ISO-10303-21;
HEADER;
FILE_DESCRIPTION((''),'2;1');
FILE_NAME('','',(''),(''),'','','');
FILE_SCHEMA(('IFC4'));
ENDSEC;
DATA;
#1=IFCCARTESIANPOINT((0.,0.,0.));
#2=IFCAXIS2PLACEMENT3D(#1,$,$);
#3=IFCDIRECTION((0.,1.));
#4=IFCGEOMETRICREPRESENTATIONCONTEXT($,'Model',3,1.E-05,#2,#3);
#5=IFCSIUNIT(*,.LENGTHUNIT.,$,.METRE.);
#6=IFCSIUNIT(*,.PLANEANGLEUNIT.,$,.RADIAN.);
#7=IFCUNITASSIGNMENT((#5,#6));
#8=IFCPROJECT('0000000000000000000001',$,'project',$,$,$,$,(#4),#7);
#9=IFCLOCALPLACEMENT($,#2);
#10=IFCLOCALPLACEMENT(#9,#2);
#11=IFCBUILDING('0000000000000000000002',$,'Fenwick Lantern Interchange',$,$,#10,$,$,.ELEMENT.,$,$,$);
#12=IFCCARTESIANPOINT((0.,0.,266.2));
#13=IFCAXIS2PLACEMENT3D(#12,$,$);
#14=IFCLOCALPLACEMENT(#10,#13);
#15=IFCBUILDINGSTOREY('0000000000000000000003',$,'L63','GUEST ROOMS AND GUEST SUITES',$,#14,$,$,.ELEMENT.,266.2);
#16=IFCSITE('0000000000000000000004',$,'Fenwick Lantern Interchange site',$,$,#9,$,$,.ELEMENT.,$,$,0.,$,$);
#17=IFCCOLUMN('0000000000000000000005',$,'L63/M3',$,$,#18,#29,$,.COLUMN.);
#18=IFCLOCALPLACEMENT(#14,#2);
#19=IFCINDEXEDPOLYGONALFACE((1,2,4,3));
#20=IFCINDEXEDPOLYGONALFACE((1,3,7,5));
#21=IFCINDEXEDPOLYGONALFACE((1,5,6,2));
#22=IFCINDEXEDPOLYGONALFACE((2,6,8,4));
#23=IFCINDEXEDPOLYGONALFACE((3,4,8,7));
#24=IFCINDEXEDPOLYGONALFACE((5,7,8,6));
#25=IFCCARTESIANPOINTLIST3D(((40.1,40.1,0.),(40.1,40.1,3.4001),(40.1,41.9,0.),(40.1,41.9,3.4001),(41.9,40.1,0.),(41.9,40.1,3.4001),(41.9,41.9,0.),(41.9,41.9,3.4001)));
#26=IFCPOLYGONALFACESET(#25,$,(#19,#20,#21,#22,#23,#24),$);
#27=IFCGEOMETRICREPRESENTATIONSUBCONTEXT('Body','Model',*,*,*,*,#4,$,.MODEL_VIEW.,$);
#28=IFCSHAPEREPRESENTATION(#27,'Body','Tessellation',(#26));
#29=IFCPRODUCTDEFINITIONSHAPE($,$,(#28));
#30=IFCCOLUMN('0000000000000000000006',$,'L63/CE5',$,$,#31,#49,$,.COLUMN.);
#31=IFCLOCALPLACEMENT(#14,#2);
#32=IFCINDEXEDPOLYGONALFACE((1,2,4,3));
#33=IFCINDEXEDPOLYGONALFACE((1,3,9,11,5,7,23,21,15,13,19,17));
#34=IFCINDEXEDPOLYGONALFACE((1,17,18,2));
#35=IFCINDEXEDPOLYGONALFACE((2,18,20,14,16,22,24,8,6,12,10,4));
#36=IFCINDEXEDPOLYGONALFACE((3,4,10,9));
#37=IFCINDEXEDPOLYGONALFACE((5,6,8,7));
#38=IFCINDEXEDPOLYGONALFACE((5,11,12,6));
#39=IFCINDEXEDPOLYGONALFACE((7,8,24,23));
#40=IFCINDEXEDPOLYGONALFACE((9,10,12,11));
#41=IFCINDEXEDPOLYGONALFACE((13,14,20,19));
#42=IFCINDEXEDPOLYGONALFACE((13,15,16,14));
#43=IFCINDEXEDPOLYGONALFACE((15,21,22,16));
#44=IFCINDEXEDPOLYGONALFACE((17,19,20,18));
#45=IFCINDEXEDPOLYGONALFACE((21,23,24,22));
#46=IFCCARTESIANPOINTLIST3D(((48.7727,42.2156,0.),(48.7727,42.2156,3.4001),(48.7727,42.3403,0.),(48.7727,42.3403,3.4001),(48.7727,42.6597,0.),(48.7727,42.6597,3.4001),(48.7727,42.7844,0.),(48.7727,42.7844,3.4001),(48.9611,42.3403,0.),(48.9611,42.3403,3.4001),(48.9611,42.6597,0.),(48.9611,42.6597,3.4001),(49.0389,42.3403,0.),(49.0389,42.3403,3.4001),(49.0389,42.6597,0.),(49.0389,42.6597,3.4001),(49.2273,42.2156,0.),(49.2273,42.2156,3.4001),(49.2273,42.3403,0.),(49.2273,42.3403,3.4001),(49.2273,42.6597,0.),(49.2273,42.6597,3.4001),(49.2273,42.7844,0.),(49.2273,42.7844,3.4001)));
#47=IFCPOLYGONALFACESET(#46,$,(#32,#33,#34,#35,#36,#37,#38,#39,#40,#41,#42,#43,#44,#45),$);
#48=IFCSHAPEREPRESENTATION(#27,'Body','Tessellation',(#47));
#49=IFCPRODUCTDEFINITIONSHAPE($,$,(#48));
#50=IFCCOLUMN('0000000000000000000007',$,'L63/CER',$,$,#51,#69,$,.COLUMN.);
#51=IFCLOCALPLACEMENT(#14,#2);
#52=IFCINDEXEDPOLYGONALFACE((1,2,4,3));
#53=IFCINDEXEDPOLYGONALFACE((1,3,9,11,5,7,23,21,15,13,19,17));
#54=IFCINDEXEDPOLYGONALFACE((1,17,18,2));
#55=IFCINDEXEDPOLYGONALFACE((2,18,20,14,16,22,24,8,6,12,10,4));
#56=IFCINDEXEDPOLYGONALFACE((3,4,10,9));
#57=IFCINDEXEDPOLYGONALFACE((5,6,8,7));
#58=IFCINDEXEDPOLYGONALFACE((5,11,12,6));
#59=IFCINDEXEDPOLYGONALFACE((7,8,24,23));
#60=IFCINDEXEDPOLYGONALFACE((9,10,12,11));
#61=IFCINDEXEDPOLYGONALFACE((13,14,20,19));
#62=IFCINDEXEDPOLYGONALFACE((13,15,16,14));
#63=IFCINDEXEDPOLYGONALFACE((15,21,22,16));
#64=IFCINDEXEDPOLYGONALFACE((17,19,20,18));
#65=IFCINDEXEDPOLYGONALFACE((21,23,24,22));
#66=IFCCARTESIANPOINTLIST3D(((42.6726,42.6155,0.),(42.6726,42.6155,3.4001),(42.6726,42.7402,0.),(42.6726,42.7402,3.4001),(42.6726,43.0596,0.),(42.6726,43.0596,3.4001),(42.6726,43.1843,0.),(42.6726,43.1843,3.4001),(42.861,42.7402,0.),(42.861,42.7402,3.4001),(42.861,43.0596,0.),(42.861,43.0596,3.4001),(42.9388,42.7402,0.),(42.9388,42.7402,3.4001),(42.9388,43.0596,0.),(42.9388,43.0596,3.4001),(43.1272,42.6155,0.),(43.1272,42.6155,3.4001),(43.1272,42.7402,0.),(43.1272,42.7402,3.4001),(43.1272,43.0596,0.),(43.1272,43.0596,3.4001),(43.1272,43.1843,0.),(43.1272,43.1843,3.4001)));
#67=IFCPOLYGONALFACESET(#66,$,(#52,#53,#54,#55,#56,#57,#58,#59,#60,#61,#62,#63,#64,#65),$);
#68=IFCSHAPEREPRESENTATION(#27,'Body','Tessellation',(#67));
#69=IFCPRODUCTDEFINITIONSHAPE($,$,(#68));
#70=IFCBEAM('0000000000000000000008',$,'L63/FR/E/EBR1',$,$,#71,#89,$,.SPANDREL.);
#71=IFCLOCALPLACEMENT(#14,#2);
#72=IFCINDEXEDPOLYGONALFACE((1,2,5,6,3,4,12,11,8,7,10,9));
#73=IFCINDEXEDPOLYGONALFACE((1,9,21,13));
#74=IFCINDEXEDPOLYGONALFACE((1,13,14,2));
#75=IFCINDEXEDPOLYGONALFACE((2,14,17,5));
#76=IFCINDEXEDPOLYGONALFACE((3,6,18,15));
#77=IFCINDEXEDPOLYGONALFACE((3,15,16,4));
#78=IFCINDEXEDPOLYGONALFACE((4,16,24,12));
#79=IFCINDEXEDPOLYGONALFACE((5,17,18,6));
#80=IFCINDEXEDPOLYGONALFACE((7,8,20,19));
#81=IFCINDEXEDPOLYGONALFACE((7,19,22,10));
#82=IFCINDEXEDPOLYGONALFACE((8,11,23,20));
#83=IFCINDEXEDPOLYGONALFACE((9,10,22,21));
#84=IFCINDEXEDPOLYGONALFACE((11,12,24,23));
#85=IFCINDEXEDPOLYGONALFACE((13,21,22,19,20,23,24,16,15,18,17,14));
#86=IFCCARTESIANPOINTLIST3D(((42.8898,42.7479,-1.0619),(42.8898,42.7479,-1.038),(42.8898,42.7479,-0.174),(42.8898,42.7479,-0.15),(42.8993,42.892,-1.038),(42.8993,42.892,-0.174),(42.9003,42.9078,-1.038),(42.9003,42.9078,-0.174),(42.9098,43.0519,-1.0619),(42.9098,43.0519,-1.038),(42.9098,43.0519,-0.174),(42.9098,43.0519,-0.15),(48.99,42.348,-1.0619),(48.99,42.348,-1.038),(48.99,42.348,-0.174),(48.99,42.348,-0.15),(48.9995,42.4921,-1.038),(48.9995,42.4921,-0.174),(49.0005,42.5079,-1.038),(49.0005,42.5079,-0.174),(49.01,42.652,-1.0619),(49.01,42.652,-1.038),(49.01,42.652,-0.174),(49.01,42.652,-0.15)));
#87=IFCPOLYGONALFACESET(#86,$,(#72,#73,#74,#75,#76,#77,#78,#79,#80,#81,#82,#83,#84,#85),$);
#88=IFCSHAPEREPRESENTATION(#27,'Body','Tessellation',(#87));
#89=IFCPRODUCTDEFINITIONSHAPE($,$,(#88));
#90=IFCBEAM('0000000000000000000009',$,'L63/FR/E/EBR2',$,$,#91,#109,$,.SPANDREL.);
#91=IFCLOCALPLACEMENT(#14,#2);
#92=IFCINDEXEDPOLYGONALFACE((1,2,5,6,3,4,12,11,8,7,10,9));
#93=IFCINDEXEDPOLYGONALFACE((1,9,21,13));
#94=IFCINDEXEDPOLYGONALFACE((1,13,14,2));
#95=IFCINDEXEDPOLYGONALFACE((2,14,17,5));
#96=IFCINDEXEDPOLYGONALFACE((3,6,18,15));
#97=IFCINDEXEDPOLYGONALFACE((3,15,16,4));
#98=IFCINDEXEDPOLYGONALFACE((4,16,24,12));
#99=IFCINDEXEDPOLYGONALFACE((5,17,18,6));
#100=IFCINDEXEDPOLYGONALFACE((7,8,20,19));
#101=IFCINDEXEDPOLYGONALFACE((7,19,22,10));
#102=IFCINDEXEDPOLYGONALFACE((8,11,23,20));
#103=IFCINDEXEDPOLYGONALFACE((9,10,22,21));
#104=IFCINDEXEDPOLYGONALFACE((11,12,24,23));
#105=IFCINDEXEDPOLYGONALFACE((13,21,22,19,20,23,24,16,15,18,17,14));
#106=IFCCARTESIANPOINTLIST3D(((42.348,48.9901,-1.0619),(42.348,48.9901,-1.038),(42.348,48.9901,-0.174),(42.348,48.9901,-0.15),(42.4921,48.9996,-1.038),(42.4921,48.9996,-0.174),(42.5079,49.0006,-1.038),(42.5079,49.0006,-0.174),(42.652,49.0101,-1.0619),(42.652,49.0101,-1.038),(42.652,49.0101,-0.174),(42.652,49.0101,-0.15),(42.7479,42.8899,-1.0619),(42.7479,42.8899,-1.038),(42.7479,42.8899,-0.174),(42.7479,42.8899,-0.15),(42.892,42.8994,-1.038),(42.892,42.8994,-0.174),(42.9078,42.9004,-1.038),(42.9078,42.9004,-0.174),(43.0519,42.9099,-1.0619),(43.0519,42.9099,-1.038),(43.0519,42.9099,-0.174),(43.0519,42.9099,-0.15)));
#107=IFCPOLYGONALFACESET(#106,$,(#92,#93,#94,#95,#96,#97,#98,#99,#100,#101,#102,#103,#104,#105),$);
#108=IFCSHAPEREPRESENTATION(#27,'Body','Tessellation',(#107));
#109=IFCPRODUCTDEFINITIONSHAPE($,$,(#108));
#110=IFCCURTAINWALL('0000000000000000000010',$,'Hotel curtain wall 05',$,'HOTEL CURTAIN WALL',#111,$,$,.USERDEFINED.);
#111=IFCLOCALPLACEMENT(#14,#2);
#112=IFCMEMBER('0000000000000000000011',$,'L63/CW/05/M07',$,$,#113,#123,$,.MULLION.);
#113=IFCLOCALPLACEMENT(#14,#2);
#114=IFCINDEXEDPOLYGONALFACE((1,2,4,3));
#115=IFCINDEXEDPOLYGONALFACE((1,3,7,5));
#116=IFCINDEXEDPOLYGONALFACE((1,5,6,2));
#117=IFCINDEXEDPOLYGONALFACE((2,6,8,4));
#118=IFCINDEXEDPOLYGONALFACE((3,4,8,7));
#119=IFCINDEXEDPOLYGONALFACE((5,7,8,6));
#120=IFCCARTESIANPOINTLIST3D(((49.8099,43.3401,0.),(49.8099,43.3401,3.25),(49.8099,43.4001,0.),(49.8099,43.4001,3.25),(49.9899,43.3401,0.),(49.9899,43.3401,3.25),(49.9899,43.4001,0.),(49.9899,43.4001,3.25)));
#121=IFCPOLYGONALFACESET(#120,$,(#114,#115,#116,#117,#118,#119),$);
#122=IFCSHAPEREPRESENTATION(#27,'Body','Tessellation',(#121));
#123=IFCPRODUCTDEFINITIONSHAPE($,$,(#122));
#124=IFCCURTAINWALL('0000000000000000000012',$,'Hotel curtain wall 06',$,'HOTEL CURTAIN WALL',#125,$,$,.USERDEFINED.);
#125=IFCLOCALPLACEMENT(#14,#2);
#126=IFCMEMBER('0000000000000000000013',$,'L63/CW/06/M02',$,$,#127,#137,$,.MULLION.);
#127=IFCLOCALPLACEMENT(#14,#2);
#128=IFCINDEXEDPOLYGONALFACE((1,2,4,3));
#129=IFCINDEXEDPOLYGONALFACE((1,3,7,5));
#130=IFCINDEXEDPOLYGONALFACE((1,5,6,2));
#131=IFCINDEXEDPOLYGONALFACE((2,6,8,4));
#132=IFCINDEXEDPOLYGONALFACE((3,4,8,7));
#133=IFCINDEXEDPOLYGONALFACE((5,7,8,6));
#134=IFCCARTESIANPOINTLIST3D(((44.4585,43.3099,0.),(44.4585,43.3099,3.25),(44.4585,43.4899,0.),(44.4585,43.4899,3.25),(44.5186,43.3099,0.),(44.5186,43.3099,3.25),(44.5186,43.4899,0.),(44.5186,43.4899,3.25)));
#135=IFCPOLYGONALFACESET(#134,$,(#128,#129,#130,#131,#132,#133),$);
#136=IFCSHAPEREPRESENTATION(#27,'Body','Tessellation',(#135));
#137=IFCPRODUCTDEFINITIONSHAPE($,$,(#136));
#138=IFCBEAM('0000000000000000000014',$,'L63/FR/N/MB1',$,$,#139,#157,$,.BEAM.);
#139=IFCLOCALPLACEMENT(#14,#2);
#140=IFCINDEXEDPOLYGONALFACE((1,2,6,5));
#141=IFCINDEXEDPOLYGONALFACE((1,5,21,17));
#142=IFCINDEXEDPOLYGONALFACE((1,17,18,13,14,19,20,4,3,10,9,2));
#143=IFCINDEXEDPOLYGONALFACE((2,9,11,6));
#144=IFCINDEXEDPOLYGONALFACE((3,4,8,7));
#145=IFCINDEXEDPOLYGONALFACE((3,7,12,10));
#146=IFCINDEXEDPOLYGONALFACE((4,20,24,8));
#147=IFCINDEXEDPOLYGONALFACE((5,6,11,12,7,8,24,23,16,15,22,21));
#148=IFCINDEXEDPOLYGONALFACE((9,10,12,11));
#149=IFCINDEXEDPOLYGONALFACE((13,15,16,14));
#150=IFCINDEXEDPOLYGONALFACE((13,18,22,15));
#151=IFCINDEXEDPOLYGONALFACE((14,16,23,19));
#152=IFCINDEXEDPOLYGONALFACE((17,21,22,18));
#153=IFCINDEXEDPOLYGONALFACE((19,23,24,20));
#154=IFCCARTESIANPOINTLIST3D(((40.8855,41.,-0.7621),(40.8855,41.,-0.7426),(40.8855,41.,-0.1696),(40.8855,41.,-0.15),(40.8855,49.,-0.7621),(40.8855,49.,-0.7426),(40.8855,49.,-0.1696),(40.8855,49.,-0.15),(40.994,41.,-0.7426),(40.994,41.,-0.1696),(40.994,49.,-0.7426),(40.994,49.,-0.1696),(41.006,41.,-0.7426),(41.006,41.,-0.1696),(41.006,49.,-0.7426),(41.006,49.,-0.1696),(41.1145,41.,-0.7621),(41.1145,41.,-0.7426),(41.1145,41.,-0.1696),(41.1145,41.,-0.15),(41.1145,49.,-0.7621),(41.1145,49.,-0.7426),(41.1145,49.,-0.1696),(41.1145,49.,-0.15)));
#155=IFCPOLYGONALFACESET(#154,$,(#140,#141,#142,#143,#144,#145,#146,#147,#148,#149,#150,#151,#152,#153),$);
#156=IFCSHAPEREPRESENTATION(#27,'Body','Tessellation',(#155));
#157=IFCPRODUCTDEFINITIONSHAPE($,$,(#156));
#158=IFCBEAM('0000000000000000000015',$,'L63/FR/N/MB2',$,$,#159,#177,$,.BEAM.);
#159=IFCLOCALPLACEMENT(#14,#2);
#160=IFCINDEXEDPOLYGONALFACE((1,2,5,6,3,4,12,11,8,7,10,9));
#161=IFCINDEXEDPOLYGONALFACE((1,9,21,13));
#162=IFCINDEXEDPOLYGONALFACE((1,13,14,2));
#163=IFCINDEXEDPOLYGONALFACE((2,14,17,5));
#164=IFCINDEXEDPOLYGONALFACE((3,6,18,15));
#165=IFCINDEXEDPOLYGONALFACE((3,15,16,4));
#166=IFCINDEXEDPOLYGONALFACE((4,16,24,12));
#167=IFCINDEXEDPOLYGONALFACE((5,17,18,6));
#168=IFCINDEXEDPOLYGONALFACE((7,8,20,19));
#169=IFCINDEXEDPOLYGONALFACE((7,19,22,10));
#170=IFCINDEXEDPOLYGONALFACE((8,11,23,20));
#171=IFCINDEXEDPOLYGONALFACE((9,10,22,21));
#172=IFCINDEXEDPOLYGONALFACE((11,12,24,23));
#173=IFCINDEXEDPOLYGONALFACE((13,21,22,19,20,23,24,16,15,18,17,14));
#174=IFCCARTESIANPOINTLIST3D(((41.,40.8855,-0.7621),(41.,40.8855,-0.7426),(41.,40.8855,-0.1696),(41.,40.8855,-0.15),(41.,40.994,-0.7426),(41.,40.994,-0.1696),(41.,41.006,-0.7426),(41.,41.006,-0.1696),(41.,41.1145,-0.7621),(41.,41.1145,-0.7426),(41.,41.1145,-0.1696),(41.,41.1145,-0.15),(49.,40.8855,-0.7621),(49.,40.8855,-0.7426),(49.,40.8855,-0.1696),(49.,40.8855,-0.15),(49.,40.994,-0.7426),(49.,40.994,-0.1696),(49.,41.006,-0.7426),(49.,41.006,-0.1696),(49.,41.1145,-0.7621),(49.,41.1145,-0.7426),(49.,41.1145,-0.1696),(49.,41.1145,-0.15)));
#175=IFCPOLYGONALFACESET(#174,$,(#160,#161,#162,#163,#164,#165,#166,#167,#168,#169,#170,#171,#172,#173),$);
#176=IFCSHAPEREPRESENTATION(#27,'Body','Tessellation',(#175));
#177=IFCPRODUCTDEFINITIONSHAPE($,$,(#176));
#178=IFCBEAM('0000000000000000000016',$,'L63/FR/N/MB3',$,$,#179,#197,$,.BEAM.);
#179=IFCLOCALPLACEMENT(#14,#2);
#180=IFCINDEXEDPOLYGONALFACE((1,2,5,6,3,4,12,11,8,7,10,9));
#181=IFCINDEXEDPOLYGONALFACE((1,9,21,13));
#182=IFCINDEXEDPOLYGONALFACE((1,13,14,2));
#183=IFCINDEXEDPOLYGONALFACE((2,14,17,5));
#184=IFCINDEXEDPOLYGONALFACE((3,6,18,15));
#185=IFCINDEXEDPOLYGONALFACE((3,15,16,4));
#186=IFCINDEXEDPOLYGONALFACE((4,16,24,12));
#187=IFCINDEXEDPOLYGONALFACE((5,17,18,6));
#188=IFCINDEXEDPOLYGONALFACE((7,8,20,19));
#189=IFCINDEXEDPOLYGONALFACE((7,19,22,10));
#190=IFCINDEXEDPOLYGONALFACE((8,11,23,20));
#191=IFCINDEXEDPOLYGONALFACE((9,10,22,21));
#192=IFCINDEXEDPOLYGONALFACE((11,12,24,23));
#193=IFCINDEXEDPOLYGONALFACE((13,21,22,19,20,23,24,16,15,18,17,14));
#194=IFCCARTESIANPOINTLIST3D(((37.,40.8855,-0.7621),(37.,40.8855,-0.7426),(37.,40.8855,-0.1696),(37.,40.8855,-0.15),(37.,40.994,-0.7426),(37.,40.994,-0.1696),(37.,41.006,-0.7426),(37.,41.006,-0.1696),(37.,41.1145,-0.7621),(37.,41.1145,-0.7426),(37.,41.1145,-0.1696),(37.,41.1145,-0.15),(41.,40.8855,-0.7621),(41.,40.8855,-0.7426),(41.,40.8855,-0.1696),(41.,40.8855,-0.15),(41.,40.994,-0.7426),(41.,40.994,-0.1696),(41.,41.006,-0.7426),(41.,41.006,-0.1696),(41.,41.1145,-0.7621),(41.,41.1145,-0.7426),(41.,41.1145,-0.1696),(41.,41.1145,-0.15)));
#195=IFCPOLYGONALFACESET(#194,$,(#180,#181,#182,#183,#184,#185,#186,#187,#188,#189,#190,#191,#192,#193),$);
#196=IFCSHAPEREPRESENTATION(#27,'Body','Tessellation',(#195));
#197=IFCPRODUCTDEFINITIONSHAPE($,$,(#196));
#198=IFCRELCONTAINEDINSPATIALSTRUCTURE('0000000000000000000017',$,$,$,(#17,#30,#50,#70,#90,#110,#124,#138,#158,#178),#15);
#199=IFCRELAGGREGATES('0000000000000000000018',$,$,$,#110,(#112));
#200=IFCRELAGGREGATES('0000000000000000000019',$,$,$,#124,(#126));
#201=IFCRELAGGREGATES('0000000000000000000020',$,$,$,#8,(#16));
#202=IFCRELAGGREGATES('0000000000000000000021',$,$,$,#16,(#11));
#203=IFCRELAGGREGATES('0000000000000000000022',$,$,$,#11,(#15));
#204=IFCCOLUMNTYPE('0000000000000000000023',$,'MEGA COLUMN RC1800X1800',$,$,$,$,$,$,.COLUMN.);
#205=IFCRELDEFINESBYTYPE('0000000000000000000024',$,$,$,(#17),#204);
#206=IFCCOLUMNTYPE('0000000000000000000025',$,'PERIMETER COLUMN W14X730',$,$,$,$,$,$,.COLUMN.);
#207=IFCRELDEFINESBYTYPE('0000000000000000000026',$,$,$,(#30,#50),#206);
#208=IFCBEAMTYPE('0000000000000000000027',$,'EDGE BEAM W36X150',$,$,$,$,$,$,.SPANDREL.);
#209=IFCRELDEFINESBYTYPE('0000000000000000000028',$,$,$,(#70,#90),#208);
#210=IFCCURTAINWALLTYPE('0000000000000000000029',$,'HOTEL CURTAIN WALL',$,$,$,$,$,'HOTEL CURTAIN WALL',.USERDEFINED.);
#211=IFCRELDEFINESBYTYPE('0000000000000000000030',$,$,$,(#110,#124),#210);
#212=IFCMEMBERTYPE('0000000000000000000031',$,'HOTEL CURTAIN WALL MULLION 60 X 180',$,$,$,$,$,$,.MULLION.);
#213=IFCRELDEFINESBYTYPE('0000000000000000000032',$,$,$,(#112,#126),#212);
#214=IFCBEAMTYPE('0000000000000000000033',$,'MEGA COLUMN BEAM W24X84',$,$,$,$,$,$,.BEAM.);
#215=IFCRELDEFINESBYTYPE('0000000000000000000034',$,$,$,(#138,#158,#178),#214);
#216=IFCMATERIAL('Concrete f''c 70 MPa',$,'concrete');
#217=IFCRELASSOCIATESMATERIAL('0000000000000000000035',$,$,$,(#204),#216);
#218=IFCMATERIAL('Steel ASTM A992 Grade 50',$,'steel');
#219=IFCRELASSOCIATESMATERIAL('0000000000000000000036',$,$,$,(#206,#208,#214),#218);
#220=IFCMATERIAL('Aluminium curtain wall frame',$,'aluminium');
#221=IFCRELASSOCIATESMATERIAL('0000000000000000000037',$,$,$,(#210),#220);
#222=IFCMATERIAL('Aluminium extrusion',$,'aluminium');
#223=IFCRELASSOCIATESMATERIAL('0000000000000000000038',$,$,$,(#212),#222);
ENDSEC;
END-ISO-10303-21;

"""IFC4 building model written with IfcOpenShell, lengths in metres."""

from ifc_helpers import new_model, si_unit, direction, frame, origin, origin_2d, place, context, subcontext, project, spatial, rectangle, i_section, extrude, material, material_profile, profile_set, type_object, element, aggregate, save


model = new_model("IFC4")

# Units and contexts
model_context = context("Model", 3, precision=1e-05, world=origin(), true_north=direction((0.0, 1.0)))
body_context = subcontext(model_context, "Body", "Model", "MODEL_VIEW")
ifc_project = project(units=[si_unit("LENGTHUNIT", "METRE"), si_unit("PLANEANGLEUNIT", "RADIAN")], contexts=[model_context])

# Site, building, storey
site_placement = place(None, origin())
site = spatial("IfcSite", under=ifc_project, at=site_placement, Name="Fenwick Lantern Interchange site", CompositionType="ELEMENT", RefElevation=0.0)
building_placement = place(site_placement, origin())
building = spatial("IfcBuilding", under=site, at=building_placement, Name="Fenwick Lantern Interchange", CompositionType="ELEMENT")
storey_placement = place(building_placement, frame((0.0, 0.0, 266.2)))
storey = spatial("IfcBuildingStorey", under=building, at=storey_placement, Name="L63", Description="GUEST ROOMS AND GUEST SUITES", CompositionType="ELEMENT", Elevation=266.2)

# Columns
ifc_material_1 = material(Name="Concrete f'c 70 MPa", Category="concrete")
ifc_material_profile_1 = material_profile(ifc_material_1, rectangle(XDim=1.8, YDim=1.8, at=origin_2d()), Name="RC1800X1800")
ifc_profile_set_1 = profile_set([ifc_material_profile_1], Name="Concrete f'c 70 MPa")
column_type_1 = type_object("IfcColumnType", Name="MEGA COLUMN RC1800X1800", PredefinedType="COLUMN", material=ifc_profile_set_1)
column_placement = place(storey_placement, frame((41.0, 41.0, 0.0), z_axis=(0.0, 0.0, 1.0), x_axis=(1.0, 0.0, 0.0)))
element("IfcColumn", 1, at=column_placement, inside=storey, type_object=column_type_1, Name="L63/M3", PredefinedType="COLUMN", context=body_context, shape_type="SweptSolid", body=[
    extrude(rectangle(XDim=1.8, YDim=1.8, at=origin_2d()), origin(), (0.0, 0.0, 1.0), 3.4001),
])
ifc_material_2 = material(Name="Steel ASTM A992 Grade 50", Category="steel")
ifc_material_profile_2 = material_profile(ifc_material_2, i_section(OverallWidth=0.4546, OverallDepth=0.5688, WebThickness=0.0779, FlangeThickness=0.1248, at=origin_2d()), Name="W14X730")
ifc_profile_set_2 = profile_set([ifc_material_profile_2], Name="Steel ASTM A992 Grade 50")
column_type_2 = type_object("IfcColumnType", Name="PERIMETER COLUMN W14X730", PredefinedType="COLUMN", material=ifc_profile_set_2)
for number, where, z_axis, x_axis, name in (
    (2, (49.0, 42.5, 0.0), (0.0, 0.0, 1.0), (1.0, 0.0, 0.0), "L63/CE5"),
    (3, (42.8999, 42.8999, 0.0), (0.0, 0.0, 1.0), (1.0, 0.0, 0.0), "L63/CER"),
):
    element("IfcColumn", number, at=place(storey_placement, frame(where, z_axis=z_axis, x_axis=x_axis)), inside=storey, type_object=column_type_2, Name=name, PredefinedType="COLUMN", context=body_context, shape_type="SweptSolid", body=[
        extrude(i_section(OverallWidth=0.4546, OverallDepth=0.5688, WebThickness=0.0779, FlangeThickness=0.1248, at=origin_2d()), origin(), (0.0, 0.0, 1.0), 3.4001),
    ])

# Beams
ifc_material_profile_3 = material_profile(ifc_material_2, i_section(OverallWidth=0.3047, OverallDepth=0.9119, WebThickness=0.0159, FlangeThickness=0.0239, at=origin_2d()), Name="W36X150")
ifc_profile_set_3 = profile_set([ifc_material_profile_3], Name="Steel ASTM A992 Grade 50")
beam_type_1 = type_object("IfcBeamType", Name="EDGE BEAM W36X150", PredefinedType="SPANDREL", material=ifc_profile_set_3)
for number, where, z_axis, x_axis, name in (
    (4, (49.0, 42.5, -0.606), (-0.997858, 0.065416, 0.0), (-0.065416, -0.997858, 0.0), "L63/FR/E/EBR1"),
    (5, (42.8999, 42.8999, -0.606), (-0.065416, 0.997858, 0.0), (-0.997858, -0.065416, 0.0), "L63/FR/E/EBR2"),
):
    element("IfcBeam", number, at=place(storey_placement, frame(where, z_axis=z_axis, x_axis=x_axis)), inside=storey, type_object=beam_type_1, Name=name, PredefinedType="SPANDREL", context=body_context, shape_type="SweptSolid", body=[
        extrude(i_section(OverallWidth=0.3047, OverallDepth=0.9119, WebThickness=0.0159, FlangeThickness=0.0239, at=origin_2d()), origin(), (0.0, 0.0, 1.0), 6.1133),
    ])

# Curtain walls, members
ifc_material_3 = material(Name="Aluminium curtain wall frame", Category="aluminium")
curtain_wall_type = type_object("IfcCurtainWallType", Name="HOTEL CURTAIN WALL", ElementType="HOTEL CURTAIN WALL", PredefinedType="USERDEFINED", material=ifc_material_3)
curtain_wall_1_placement = place(storey_placement, origin())
curtain_wall_1 = element("IfcCurtainWall", 6, at=curtain_wall_1_placement, inside=storey, type_object=curtain_wall_type, Name="Hotel curtain wall 05", ObjectType="HOTEL CURTAIN WALL", PredefinedType="USERDEFINED")
ifc_material_4 = material(Name="Aluminium extrusion", Category="aluminium")
ifc_material_profile_4 = material_profile(ifc_material_4, rectangle(XDim=0.1799, YDim=0.0601, at=origin_2d()), Name="HOTEL CURTAIN WALL MULLION 60 X 180")
ifc_profile_set_4 = profile_set([ifc_material_profile_4], Name="Aluminium extrusion")
member_type = type_object("IfcMemberType", Name="HOTEL CURTAIN WALL MULLION 60 X 180", PredefinedType="MULLION", material=ifc_profile_set_4)
member_1_placement = place(storey_placement, frame((49.8999, 43.3701, 0.0), z_axis=(0.0, 0.0, 1.0), x_axis=(-1.0, 0.0, 0.0)))
member_1 = element("IfcMember", 7, at=member_1_placement, type_object=member_type, Name="L63/CW/05/M07", PredefinedType="MULLION", context=body_context, shape_type="SweptSolid", body=[
    extrude(rectangle(XDim=0.1799, YDim=0.0601, at=origin_2d()), origin(), (0.0, 0.0, 1.0), 3.25),
])
aggregate(curtain_wall_1, [member_1])
curtain_wall_2_placement = place(storey_placement, origin())
curtain_wall_2 = element("IfcCurtainWall", 8, at=curtain_wall_2_placement, inside=storey, type_object=curtain_wall_type, Name="Hotel curtain wall 06", ObjectType="HOTEL CURTAIN WALL", PredefinedType="USERDEFINED")
member_2_placement = place(storey_placement, frame((44.4885, 43.3999, 0.0), z_axis=(0.0, 0.0, 1.0), x_axis=(0.0, -1.0, 0.0)))
member_2 = element("IfcMember", 9, at=member_2_placement, type_object=member_type, Name="L63/CW/06/M02", PredefinedType="MULLION", context=body_context, shape_type="SweptSolid", body=[
    extrude(rectangle(XDim=0.1799, YDim=0.0601, at=origin_2d()), origin(), (0.0, 0.0, 1.0), 3.25),
])
aggregate(curtain_wall_2, [member_2])

# Beams
ifc_material_profile_5 = material_profile(ifc_material_2, i_section(OverallWidth=0.229, OverallDepth=0.6121, WebThickness=0.012, FlangeThickness=0.0195, at=origin_2d()), Name="W24X84")
ifc_profile_set_5 = profile_set([ifc_material_profile_5], Name="Steel ASTM A992 Grade 50")
beam_type_2 = type_object("IfcBeamType", Name="MEGA COLUMN BEAM W24X84", PredefinedType="BEAM", material=ifc_profile_set_5)
for number, where, z_axis, x_axis, name in (
    (10, (41.0, 41.0, -0.4561), (0.0, 1.0, 0.0), (-1.0, 0.0, 0.0), "L63/FR/N/MB1"),
    (11, (41.0, 41.0, -0.4561), (1.0, 0.0, 0.0), (0.0, 1.0, 0.0), "L63/FR/N/MB2"),
):
    element("IfcBeam", number, at=place(storey_placement, frame(where, z_axis=z_axis, x_axis=x_axis)), inside=storey, type_object=beam_type_2, Name=name, PredefinedType="BEAM", context=body_context, shape_type="SweptSolid", body=[
        extrude(i_section(OverallWidth=0.229, OverallDepth=0.6121, WebThickness=0.012, FlangeThickness=0.0195, at=origin_2d()), origin(), (0.0, 0.0, 1.0), 8.0),
    ])
for number, where, z_axis, x_axis, name in (
    (12, (41.0, 41.0, -0.4561), (-1.0, 0.0, 0.0), (0.0, -1.0, 0.0), "L63/FR/N/MB3"),
):
    element("IfcBeam", number, at=place(storey_placement, frame(where, z_axis=z_axis, x_axis=x_axis)), inside=storey, type_object=beam_type_2, Name=name, PredefinedType="BEAM", context=body_context, shape_type="SweptSolid", body=[
        extrude(i_section(OverallWidth=0.229, OverallDepth=0.6121, WebThickness=0.012, FlangeThickness=0.0195, at=origin_2d()), origin(), (0.0, 0.0, 1.0), 4.0),
    ])

save(model, "model.ifc")
